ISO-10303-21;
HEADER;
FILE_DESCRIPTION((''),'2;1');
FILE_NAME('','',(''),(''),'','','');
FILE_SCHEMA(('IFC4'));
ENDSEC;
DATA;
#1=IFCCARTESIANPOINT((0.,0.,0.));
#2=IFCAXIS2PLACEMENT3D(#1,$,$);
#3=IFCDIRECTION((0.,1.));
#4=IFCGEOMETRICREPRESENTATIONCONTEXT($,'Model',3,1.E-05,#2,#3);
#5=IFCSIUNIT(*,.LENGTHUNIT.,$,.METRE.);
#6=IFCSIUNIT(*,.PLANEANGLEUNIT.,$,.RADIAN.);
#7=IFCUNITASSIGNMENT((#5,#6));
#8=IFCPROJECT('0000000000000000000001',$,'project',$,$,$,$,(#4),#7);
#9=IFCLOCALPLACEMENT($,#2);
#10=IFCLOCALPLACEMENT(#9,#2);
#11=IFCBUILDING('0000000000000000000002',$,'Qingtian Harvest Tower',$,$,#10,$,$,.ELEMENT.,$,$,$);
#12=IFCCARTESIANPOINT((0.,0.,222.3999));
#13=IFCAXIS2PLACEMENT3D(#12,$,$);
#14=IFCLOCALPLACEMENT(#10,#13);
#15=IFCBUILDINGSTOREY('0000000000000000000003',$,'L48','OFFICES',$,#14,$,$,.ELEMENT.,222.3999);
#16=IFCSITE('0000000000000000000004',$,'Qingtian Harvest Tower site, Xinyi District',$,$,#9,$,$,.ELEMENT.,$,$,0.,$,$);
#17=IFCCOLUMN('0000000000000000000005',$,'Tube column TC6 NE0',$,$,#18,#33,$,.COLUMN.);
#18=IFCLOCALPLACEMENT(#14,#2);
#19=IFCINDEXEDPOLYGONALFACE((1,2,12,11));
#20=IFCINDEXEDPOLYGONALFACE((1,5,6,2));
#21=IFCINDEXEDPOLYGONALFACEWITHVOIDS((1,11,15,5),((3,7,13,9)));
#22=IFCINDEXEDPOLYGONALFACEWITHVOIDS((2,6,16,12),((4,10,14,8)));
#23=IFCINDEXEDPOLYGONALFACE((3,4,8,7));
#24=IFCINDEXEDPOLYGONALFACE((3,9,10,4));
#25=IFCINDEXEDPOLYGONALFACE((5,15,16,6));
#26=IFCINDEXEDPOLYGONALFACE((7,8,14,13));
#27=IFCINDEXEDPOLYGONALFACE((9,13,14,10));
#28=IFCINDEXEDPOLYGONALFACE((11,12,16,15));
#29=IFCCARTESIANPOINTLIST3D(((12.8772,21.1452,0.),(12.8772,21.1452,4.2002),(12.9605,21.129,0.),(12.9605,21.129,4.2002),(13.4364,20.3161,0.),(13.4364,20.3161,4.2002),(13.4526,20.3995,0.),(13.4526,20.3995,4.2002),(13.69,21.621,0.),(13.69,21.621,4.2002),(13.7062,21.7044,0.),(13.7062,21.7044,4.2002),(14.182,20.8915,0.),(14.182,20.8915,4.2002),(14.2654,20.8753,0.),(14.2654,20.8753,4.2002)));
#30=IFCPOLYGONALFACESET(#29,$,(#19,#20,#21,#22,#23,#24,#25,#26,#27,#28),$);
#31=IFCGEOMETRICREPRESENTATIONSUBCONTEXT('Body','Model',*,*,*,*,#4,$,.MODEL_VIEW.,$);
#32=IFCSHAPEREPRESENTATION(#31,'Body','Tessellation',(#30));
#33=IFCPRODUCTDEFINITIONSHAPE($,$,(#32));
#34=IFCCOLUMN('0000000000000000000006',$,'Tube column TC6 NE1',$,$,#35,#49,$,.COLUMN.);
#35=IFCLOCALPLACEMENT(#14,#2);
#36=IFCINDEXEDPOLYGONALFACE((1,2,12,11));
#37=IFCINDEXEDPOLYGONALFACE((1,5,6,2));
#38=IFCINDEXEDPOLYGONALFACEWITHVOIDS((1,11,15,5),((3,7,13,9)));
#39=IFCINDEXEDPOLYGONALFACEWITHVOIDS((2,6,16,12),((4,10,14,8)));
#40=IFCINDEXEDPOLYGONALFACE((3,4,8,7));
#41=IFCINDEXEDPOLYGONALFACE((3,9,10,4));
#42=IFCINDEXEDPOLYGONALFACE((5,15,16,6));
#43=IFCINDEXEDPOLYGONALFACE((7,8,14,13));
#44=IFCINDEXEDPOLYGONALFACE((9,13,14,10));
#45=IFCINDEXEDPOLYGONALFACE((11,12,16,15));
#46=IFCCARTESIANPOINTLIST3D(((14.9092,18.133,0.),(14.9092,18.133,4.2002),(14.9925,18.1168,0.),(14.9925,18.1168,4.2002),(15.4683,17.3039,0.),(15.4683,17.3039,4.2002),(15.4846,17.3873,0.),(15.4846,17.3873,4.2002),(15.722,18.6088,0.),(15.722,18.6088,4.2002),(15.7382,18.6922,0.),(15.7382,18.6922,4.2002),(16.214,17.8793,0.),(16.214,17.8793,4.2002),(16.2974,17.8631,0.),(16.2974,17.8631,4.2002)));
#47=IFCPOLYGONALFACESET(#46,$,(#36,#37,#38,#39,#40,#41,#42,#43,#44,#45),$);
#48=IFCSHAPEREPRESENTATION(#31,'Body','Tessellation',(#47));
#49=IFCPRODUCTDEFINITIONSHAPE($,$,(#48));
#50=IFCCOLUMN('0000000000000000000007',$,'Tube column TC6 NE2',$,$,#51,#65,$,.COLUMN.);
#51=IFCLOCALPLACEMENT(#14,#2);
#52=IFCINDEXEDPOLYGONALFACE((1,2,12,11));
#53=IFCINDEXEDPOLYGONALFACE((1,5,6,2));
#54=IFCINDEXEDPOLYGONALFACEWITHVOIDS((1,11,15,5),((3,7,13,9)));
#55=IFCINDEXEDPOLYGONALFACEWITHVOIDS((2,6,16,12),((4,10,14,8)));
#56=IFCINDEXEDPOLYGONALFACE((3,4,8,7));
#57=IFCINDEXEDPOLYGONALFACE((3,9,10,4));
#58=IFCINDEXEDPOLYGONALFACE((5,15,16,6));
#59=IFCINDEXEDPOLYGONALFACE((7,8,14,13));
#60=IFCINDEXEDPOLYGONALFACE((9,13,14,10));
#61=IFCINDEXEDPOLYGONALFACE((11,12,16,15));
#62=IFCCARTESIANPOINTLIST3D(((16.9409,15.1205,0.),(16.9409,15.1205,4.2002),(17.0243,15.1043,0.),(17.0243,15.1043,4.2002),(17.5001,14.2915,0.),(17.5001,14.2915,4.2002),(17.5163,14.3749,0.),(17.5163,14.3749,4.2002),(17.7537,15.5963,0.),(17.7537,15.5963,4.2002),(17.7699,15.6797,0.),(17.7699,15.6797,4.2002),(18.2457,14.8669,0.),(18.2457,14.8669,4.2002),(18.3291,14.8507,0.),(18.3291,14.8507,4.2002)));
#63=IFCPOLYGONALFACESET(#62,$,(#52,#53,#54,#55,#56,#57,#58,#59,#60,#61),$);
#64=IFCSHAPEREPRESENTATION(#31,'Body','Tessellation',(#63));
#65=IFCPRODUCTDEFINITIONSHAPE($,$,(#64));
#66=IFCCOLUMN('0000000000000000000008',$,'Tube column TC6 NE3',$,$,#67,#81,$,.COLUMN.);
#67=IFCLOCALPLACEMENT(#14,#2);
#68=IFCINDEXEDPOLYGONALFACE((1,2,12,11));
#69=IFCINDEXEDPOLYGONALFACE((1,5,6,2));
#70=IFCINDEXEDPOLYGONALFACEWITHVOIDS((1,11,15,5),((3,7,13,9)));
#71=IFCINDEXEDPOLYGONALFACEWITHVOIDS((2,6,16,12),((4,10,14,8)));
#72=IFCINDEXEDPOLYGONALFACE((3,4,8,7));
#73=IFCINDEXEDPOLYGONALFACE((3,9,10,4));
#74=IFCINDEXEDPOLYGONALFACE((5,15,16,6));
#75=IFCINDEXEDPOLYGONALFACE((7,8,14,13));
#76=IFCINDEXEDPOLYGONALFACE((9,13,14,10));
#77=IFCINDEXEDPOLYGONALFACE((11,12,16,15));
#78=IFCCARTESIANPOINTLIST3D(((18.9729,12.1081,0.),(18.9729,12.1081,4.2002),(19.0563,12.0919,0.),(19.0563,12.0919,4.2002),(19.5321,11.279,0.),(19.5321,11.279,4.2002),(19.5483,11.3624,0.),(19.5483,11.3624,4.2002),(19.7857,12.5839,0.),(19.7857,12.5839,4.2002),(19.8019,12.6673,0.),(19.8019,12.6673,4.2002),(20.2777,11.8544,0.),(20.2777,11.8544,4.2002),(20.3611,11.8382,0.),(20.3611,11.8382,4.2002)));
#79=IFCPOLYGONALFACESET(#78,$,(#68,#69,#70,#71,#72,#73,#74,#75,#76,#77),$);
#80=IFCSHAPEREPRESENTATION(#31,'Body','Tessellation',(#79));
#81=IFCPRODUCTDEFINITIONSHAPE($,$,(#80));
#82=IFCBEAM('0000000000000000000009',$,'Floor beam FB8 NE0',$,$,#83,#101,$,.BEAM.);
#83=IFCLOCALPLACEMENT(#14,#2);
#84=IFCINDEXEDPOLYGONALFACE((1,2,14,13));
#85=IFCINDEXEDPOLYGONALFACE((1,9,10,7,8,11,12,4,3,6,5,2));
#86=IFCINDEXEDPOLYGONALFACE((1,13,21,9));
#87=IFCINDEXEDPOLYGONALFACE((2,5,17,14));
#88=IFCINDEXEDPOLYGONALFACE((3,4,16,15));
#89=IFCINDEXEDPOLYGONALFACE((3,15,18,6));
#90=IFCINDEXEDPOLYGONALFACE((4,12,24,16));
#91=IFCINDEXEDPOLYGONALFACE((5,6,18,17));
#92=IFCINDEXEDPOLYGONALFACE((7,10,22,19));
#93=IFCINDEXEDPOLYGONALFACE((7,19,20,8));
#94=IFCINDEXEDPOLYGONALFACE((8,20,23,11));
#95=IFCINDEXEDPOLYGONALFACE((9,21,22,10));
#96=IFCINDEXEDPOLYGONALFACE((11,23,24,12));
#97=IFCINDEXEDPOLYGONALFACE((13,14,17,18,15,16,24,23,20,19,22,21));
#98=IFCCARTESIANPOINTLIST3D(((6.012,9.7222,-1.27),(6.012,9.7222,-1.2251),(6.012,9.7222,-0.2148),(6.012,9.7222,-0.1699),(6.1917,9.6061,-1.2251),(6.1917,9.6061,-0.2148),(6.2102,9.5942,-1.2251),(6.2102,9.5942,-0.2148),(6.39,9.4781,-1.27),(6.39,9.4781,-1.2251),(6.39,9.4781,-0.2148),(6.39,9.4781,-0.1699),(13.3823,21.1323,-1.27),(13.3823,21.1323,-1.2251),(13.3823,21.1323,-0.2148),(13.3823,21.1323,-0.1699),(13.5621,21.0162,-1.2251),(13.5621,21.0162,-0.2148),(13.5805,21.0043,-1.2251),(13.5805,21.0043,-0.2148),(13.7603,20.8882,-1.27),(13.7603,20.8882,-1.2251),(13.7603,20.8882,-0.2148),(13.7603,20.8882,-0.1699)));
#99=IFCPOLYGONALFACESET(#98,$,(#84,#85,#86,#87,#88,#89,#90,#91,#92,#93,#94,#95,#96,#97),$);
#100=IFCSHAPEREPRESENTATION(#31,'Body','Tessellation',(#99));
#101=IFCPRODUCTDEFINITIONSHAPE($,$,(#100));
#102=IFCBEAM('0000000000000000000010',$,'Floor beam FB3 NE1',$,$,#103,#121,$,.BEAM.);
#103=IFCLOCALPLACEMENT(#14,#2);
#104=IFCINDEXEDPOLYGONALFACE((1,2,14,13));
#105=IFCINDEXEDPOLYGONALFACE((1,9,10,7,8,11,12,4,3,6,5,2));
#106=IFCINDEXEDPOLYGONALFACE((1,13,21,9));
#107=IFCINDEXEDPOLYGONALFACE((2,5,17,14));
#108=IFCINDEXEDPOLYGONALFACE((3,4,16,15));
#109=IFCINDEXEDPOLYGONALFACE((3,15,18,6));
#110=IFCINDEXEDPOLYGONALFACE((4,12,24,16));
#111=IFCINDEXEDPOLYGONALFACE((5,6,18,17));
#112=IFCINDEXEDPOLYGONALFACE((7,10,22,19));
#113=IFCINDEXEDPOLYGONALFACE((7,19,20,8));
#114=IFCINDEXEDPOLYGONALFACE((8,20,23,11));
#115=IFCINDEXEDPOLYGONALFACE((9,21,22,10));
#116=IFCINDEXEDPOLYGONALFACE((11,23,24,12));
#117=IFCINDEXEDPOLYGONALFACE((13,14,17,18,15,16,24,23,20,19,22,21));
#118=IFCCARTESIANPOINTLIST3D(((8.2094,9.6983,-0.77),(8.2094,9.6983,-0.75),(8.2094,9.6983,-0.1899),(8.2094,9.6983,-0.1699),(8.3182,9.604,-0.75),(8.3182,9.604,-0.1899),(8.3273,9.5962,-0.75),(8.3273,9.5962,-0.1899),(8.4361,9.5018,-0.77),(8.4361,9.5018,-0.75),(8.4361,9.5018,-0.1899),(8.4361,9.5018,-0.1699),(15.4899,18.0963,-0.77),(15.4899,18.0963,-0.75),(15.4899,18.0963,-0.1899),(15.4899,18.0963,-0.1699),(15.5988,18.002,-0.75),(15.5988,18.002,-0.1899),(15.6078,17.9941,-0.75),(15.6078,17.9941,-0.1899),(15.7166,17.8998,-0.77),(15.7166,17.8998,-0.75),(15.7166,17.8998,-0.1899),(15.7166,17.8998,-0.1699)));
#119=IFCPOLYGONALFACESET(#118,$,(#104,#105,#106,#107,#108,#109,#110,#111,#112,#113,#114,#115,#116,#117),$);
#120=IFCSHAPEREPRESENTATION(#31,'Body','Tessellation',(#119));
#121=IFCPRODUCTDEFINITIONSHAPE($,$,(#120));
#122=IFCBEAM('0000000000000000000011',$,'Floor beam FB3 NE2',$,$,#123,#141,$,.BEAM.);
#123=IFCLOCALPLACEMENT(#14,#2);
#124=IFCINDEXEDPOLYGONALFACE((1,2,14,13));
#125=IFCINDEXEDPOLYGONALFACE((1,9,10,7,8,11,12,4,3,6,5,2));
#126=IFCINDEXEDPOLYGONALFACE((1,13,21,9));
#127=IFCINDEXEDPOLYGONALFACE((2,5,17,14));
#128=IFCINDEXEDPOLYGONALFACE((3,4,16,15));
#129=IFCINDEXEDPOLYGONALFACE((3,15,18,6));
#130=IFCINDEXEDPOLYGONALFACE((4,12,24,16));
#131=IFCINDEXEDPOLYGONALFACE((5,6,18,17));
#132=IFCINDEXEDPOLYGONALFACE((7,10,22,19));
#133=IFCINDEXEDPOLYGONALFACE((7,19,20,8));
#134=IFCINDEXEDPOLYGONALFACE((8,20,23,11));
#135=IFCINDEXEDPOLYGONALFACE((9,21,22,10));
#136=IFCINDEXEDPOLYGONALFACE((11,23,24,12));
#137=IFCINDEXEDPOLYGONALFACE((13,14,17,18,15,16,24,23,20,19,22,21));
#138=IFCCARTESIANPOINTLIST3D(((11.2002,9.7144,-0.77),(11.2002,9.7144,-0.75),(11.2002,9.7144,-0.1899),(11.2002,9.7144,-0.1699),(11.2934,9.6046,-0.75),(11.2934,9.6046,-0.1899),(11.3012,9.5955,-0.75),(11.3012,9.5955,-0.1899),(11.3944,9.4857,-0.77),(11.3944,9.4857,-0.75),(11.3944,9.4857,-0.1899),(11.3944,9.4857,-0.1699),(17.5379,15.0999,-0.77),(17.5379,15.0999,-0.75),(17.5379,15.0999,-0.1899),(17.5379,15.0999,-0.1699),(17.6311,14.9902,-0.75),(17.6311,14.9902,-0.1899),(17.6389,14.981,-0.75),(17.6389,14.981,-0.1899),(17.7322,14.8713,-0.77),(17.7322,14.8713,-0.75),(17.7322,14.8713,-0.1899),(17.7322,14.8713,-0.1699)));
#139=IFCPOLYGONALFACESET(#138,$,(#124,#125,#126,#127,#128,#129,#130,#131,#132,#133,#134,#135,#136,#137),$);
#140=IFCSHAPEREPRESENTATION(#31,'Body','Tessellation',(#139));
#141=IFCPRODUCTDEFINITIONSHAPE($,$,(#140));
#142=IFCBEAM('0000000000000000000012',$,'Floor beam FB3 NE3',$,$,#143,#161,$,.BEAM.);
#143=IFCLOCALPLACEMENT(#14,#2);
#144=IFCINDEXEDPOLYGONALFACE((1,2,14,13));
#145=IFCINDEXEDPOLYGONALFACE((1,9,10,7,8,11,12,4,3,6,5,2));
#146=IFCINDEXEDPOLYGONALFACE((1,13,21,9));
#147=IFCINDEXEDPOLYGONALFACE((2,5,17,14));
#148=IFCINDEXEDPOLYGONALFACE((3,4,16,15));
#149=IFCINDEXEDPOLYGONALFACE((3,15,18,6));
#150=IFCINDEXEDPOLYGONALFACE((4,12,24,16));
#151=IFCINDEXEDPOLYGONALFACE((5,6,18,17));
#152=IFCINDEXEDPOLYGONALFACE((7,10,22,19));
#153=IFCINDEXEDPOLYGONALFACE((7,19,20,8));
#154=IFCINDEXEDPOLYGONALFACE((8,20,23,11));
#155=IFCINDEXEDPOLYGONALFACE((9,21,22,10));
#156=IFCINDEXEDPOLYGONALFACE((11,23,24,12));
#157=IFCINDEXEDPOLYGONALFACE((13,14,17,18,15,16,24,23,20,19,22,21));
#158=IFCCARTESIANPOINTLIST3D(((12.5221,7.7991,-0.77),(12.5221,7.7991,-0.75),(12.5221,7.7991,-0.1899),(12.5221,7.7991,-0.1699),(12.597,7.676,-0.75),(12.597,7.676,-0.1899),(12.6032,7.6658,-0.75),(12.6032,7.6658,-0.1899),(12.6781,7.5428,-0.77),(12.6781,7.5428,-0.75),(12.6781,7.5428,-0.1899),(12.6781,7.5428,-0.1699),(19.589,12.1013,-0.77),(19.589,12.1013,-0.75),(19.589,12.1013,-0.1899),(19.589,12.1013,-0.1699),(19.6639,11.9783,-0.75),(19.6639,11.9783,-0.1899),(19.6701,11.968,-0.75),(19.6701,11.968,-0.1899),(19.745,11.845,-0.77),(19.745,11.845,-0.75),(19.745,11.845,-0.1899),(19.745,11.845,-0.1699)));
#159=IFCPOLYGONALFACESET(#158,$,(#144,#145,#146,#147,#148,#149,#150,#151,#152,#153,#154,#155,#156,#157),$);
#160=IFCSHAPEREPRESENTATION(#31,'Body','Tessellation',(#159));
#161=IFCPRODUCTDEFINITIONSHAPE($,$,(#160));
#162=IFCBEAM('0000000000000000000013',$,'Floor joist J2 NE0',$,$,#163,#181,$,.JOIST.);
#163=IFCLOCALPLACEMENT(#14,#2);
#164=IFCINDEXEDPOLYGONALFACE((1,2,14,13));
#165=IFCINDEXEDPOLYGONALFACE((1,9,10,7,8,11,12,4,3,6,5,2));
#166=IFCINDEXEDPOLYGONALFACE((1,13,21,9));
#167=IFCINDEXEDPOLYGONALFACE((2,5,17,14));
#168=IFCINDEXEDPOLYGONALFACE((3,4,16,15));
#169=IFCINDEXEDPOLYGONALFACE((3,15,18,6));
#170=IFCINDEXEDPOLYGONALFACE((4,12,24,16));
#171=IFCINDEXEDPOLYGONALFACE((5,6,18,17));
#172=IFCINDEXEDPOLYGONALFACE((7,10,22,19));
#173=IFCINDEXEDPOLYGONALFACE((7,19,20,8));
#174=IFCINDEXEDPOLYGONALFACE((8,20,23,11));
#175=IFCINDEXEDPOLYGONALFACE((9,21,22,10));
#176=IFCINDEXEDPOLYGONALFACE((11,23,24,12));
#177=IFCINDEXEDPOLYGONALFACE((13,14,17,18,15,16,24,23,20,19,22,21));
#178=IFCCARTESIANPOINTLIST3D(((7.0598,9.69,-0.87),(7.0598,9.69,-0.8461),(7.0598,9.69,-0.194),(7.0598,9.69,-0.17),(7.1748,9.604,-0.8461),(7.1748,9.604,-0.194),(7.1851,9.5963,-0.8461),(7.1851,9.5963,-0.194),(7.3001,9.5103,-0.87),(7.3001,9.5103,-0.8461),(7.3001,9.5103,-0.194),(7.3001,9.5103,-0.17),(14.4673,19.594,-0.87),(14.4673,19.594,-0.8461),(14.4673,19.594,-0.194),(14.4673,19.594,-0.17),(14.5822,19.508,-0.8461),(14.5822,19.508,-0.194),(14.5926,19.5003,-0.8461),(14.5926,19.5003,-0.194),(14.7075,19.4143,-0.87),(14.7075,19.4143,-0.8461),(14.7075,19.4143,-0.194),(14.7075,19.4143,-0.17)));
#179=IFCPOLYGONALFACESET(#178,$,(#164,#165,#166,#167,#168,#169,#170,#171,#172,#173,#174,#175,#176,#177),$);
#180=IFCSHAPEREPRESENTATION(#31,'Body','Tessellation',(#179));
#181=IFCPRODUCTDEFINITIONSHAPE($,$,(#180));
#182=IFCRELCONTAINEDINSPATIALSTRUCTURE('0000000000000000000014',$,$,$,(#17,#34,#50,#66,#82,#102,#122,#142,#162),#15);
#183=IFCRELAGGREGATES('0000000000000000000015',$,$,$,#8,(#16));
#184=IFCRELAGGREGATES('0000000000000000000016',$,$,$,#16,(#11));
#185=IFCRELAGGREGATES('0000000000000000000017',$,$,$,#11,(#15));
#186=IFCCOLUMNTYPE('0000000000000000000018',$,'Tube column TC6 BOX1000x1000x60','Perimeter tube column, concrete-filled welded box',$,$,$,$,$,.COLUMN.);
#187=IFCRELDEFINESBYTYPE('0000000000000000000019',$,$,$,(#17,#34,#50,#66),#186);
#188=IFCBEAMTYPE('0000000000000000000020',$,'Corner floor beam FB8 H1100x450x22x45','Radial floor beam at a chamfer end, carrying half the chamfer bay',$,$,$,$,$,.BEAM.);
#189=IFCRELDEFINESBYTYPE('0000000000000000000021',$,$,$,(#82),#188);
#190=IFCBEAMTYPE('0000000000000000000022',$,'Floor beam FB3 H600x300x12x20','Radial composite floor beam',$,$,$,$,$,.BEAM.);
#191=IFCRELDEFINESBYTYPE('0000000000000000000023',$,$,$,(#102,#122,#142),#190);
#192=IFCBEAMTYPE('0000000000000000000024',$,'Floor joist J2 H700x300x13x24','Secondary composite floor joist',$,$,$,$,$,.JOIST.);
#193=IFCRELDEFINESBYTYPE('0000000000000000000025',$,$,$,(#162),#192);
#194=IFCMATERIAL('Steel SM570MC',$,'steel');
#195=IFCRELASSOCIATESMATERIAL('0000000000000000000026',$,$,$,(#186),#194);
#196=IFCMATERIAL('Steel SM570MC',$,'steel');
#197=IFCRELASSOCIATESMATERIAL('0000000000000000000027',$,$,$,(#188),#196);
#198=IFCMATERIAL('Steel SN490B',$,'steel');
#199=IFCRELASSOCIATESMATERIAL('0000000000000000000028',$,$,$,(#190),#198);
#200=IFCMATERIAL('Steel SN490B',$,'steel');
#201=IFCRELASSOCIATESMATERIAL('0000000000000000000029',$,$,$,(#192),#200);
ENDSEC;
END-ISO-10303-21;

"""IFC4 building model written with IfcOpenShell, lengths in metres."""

from ifc_helpers import new_model, si_unit, direction, frame, origin, origin_2d, place, context, subcontext, project, spatial, hollow_rectangle, i_section, extrude, material, material_profile, profile_set, type_object, element, save


model = new_model("IFC4")

# Units and contexts
model_context = context("Model", 3, precision=1e-05, world=origin(), true_north=direction((0.0, 1.0)))
body_context = subcontext(model_context, "Body", "Model", "MODEL_VIEW")
ifc_project = project(units=[si_unit("LENGTHUNIT", "METRE"), si_unit("PLANEANGLEUNIT", "RADIAN")], contexts=[model_context])

# Site, building, storey
site_placement = place(None, origin())
site = spatial("IfcSite", under=ifc_project, at=site_placement, Name="Qingtian Harvest Tower site, Xinyi District", CompositionType="ELEMENT", RefElevation=0.0)
building_placement = place(site_placement, origin())
building = spatial("IfcBuilding", under=site, at=building_placement, Name="Qingtian Harvest Tower", CompositionType="ELEMENT")
storey_placement = place(building_placement, frame((0.0, 0.0, 222.3999)))
storey = spatial("IfcBuildingStorey", under=building, at=storey_placement, Name="L48", Description="OFFICES", CompositionType="ELEMENT", Elevation=222.3999)

# Columns
ifc_material_1 = material(Name="Steel SM570MC", Category="steel")
ifc_material_profile_1 = material_profile(ifc_material_1, hollow_rectangle(XDim=1.0, YDim=1.0, WallThickness=0.0601, at=origin_2d()), Name="BOX1000x1000x60")
ifc_profile_set_1 = profile_set([ifc_material_profile_1], Name="Steel SM570MC")
column_type = type_object("IfcColumnType", Name="Tube column TC6 BOX1000x1000x60", Description="Perimeter tube column, concrete-filled welded box", PredefinedType="COLUMN", material=ifc_profile_set_1)
for number, where, z_axis, x_axis, name in (
    (1, (13.5713, 21.0103, 0.0), (0.0, 0.0, 1.0), (-0.559193, 0.829038, 0.0), "Tube column TC6 NE0"),
    (2, (15.6033, 17.998, 0.0), (0.0, 0.0, 1.0), (-0.559193, 0.829038, 0.0), "Tube column TC6 NE1"),
    (3, (17.635, 14.9856, 0.0), (0.0, 0.0, 1.0), (-0.559193, 0.829038, 0.0), "Tube column TC6 NE2"),
    (4, (19.667, 11.9731, 0.0), (0.0, 0.0, 1.0), (-0.559193, 0.829038, 0.0), "Tube column TC6 NE3"),
):
    element("IfcColumn", number, at=place(storey_placement, frame(where, z_axis=z_axis, x_axis=x_axis)), inside=storey, type_object=column_type, Name=name, PredefinedType="COLUMN", context=body_context, shape_type="SweptSolid", body=[
        extrude(hollow_rectangle(XDim=1.0, YDim=1.0, WallThickness=0.0601, at=origin_2d()), origin(), (0.0, 0.0, 1.0), 4.2002),
    ])

# Beams
ifc_material_2 = material(Name="Steel SM570MC", Category="steel")
ifc_material_profile_2 = material_profile(ifc_material_2, i_section(OverallWidth=0.45, OverallDepth=1.1001, WebThickness=0.022, FlangeThickness=0.0449, at=origin_2d()), Name="H1100x450x22x45")
ifc_profile_set_2 = profile_set([ifc_material_profile_2], Name="Steel SM570MC")
beam_type_1 = type_object("IfcBeamType", Name="Corner floor beam FB8 H1100x450x22x45", Description="Radial floor beam at a chamfer end, carrying half the chamfer bay", PredefinedType="BEAM", material=ifc_profile_set_2)
beam_1_placement = place(storey_placement, frame((13.5713, 21.0103, -0.72), z_axis=(-0.542593, -0.839996, 0.0), x_axis=(0.839996, -0.542593, 0.0)))
element("IfcBeam", 5, at=beam_1_placement, inside=storey, type_object=beam_type_1, Name="Floor beam FB8 NE0", PredefinedType="BEAM", context=body_context, shape_type="SweptSolid", body=[
    extrude(i_section(OverallWidth=0.45, OverallDepth=1.1001, WebThickness=0.022, FlangeThickness=0.0449, at=origin_2d()), origin(), (0.0, 0.0, 1.0), 13.5835),
])
ifc_material_3 = material(Name="Steel SN490B", Category="steel")
ifc_material_profile_3 = material_profile(ifc_material_3, i_section(OverallWidth=0.3, OverallDepth=0.6001, WebThickness=0.012, FlangeThickness=0.02, at=origin_2d()), Name="H600x300x12x20")
ifc_profile_set_3 = profile_set([ifc_material_profile_3], Name="Steel SN490B")
beam_type_2 = type_object("IfcBeamType", Name="Floor beam FB3 H600x300x12x20", Description="Radial composite floor beam", PredefinedType="BEAM", material=ifc_profile_set_3)
beam_2_placement = place(storey_placement, frame((15.6033, 17.998, -0.47), z_axis=(-0.655048, -0.755587, 0.0), x_axis=(0.755587, -0.655048, 0.0)))
element("IfcBeam", 6, at=beam_2_placement, inside=storey, type_object=beam_type_2, Name="Floor beam FB3 NE1", PredefinedType="BEAM", context=body_context, shape_type="SweptSolid", body=[
    extrude(i_section(OverallWidth=0.3, OverallDepth=0.6001, WebThickness=0.012, FlangeThickness=0.02, at=origin_2d()), origin(), (0.0, 0.0, 1.0), 11.1145),
])
beam_3_placement = place(storey_placement, frame((17.635, 14.9856, -0.47), z_axis=(-0.762028, -0.647544, 0.0), x_axis=(0.647544, -0.762028, 0.0)))
element("IfcBeam", 7, at=beam_3_placement, inside=storey, type_object=beam_type_2, Name="Floor beam FB3 NE2", PredefinedType="BEAM", context=body_context, shape_type="SweptSolid", body=[
    extrude(i_section(OverallWidth=0.3, OverallDepth=0.6001, WebThickness=0.012, FlangeThickness=0.02, at=origin_2d()), origin(), (0.0, 0.0, 1.0), 8.3169),
])
beam_4_placement = place(storey_placement, frame((19.667, 11.9731, -0.47), z_axis=(-0.854163, -0.520005, 0.0), x_axis=(0.520005, -0.854163, 0.0)))
element("IfcBeam", 8, at=beam_4_placement, inside=storey, type_object=beam_type_2, Name="Floor beam FB3 NE3", PredefinedType="BEAM", context=body_context, shape_type="SweptSolid", body=[
    extrude(i_section(OverallWidth=0.3, OverallDepth=0.6001, WebThickness=0.012, FlangeThickness=0.02, at=origin_2d()), origin(), (0.0, 0.0, 1.0), 8.2734),
])
ifc_material_4 = material(Name="Steel SN490B", Category="steel")
ifc_material_profile_4 = material_profile(ifc_material_4, i_section(OverallWidth=0.3, OverallDepth=0.7, WebThickness=0.0129, FlangeThickness=0.0239, at=origin_2d()), Name="H700x300x13x24")
ifc_profile_set_4 = profile_set([ifc_material_profile_4], Name="Steel SN490B")
beam_type_3 = type_object("IfcBeamType", Name="Floor joist J2 H700x300x13x24", Description="Secondary composite floor joist", PredefinedType="JOIST", material=ifc_profile_set_4)
beam_5_placement = place(storey_placement, frame((14.5874, 19.5042, -0.52), z_axis=(-0.598935, -0.800798, 0.0), x_axis=(0.800798, -0.598935, 0.0)))
element("IfcBeam", 9, at=beam_5_placement, inside=storey, type_object=beam_type_3, Name="Floor joist J2 NE0", PredefinedType="JOIST", context=body_context, shape_type="SweptSolid", body=[
    extrude(i_section(OverallWidth=0.3, OverallDepth=0.7, WebThickness=0.0129, FlangeThickness=0.0239, at=origin_2d()), origin(), (0.0, 0.0, 1.0), 12.3677),
])

save(model, "model.ifc")
